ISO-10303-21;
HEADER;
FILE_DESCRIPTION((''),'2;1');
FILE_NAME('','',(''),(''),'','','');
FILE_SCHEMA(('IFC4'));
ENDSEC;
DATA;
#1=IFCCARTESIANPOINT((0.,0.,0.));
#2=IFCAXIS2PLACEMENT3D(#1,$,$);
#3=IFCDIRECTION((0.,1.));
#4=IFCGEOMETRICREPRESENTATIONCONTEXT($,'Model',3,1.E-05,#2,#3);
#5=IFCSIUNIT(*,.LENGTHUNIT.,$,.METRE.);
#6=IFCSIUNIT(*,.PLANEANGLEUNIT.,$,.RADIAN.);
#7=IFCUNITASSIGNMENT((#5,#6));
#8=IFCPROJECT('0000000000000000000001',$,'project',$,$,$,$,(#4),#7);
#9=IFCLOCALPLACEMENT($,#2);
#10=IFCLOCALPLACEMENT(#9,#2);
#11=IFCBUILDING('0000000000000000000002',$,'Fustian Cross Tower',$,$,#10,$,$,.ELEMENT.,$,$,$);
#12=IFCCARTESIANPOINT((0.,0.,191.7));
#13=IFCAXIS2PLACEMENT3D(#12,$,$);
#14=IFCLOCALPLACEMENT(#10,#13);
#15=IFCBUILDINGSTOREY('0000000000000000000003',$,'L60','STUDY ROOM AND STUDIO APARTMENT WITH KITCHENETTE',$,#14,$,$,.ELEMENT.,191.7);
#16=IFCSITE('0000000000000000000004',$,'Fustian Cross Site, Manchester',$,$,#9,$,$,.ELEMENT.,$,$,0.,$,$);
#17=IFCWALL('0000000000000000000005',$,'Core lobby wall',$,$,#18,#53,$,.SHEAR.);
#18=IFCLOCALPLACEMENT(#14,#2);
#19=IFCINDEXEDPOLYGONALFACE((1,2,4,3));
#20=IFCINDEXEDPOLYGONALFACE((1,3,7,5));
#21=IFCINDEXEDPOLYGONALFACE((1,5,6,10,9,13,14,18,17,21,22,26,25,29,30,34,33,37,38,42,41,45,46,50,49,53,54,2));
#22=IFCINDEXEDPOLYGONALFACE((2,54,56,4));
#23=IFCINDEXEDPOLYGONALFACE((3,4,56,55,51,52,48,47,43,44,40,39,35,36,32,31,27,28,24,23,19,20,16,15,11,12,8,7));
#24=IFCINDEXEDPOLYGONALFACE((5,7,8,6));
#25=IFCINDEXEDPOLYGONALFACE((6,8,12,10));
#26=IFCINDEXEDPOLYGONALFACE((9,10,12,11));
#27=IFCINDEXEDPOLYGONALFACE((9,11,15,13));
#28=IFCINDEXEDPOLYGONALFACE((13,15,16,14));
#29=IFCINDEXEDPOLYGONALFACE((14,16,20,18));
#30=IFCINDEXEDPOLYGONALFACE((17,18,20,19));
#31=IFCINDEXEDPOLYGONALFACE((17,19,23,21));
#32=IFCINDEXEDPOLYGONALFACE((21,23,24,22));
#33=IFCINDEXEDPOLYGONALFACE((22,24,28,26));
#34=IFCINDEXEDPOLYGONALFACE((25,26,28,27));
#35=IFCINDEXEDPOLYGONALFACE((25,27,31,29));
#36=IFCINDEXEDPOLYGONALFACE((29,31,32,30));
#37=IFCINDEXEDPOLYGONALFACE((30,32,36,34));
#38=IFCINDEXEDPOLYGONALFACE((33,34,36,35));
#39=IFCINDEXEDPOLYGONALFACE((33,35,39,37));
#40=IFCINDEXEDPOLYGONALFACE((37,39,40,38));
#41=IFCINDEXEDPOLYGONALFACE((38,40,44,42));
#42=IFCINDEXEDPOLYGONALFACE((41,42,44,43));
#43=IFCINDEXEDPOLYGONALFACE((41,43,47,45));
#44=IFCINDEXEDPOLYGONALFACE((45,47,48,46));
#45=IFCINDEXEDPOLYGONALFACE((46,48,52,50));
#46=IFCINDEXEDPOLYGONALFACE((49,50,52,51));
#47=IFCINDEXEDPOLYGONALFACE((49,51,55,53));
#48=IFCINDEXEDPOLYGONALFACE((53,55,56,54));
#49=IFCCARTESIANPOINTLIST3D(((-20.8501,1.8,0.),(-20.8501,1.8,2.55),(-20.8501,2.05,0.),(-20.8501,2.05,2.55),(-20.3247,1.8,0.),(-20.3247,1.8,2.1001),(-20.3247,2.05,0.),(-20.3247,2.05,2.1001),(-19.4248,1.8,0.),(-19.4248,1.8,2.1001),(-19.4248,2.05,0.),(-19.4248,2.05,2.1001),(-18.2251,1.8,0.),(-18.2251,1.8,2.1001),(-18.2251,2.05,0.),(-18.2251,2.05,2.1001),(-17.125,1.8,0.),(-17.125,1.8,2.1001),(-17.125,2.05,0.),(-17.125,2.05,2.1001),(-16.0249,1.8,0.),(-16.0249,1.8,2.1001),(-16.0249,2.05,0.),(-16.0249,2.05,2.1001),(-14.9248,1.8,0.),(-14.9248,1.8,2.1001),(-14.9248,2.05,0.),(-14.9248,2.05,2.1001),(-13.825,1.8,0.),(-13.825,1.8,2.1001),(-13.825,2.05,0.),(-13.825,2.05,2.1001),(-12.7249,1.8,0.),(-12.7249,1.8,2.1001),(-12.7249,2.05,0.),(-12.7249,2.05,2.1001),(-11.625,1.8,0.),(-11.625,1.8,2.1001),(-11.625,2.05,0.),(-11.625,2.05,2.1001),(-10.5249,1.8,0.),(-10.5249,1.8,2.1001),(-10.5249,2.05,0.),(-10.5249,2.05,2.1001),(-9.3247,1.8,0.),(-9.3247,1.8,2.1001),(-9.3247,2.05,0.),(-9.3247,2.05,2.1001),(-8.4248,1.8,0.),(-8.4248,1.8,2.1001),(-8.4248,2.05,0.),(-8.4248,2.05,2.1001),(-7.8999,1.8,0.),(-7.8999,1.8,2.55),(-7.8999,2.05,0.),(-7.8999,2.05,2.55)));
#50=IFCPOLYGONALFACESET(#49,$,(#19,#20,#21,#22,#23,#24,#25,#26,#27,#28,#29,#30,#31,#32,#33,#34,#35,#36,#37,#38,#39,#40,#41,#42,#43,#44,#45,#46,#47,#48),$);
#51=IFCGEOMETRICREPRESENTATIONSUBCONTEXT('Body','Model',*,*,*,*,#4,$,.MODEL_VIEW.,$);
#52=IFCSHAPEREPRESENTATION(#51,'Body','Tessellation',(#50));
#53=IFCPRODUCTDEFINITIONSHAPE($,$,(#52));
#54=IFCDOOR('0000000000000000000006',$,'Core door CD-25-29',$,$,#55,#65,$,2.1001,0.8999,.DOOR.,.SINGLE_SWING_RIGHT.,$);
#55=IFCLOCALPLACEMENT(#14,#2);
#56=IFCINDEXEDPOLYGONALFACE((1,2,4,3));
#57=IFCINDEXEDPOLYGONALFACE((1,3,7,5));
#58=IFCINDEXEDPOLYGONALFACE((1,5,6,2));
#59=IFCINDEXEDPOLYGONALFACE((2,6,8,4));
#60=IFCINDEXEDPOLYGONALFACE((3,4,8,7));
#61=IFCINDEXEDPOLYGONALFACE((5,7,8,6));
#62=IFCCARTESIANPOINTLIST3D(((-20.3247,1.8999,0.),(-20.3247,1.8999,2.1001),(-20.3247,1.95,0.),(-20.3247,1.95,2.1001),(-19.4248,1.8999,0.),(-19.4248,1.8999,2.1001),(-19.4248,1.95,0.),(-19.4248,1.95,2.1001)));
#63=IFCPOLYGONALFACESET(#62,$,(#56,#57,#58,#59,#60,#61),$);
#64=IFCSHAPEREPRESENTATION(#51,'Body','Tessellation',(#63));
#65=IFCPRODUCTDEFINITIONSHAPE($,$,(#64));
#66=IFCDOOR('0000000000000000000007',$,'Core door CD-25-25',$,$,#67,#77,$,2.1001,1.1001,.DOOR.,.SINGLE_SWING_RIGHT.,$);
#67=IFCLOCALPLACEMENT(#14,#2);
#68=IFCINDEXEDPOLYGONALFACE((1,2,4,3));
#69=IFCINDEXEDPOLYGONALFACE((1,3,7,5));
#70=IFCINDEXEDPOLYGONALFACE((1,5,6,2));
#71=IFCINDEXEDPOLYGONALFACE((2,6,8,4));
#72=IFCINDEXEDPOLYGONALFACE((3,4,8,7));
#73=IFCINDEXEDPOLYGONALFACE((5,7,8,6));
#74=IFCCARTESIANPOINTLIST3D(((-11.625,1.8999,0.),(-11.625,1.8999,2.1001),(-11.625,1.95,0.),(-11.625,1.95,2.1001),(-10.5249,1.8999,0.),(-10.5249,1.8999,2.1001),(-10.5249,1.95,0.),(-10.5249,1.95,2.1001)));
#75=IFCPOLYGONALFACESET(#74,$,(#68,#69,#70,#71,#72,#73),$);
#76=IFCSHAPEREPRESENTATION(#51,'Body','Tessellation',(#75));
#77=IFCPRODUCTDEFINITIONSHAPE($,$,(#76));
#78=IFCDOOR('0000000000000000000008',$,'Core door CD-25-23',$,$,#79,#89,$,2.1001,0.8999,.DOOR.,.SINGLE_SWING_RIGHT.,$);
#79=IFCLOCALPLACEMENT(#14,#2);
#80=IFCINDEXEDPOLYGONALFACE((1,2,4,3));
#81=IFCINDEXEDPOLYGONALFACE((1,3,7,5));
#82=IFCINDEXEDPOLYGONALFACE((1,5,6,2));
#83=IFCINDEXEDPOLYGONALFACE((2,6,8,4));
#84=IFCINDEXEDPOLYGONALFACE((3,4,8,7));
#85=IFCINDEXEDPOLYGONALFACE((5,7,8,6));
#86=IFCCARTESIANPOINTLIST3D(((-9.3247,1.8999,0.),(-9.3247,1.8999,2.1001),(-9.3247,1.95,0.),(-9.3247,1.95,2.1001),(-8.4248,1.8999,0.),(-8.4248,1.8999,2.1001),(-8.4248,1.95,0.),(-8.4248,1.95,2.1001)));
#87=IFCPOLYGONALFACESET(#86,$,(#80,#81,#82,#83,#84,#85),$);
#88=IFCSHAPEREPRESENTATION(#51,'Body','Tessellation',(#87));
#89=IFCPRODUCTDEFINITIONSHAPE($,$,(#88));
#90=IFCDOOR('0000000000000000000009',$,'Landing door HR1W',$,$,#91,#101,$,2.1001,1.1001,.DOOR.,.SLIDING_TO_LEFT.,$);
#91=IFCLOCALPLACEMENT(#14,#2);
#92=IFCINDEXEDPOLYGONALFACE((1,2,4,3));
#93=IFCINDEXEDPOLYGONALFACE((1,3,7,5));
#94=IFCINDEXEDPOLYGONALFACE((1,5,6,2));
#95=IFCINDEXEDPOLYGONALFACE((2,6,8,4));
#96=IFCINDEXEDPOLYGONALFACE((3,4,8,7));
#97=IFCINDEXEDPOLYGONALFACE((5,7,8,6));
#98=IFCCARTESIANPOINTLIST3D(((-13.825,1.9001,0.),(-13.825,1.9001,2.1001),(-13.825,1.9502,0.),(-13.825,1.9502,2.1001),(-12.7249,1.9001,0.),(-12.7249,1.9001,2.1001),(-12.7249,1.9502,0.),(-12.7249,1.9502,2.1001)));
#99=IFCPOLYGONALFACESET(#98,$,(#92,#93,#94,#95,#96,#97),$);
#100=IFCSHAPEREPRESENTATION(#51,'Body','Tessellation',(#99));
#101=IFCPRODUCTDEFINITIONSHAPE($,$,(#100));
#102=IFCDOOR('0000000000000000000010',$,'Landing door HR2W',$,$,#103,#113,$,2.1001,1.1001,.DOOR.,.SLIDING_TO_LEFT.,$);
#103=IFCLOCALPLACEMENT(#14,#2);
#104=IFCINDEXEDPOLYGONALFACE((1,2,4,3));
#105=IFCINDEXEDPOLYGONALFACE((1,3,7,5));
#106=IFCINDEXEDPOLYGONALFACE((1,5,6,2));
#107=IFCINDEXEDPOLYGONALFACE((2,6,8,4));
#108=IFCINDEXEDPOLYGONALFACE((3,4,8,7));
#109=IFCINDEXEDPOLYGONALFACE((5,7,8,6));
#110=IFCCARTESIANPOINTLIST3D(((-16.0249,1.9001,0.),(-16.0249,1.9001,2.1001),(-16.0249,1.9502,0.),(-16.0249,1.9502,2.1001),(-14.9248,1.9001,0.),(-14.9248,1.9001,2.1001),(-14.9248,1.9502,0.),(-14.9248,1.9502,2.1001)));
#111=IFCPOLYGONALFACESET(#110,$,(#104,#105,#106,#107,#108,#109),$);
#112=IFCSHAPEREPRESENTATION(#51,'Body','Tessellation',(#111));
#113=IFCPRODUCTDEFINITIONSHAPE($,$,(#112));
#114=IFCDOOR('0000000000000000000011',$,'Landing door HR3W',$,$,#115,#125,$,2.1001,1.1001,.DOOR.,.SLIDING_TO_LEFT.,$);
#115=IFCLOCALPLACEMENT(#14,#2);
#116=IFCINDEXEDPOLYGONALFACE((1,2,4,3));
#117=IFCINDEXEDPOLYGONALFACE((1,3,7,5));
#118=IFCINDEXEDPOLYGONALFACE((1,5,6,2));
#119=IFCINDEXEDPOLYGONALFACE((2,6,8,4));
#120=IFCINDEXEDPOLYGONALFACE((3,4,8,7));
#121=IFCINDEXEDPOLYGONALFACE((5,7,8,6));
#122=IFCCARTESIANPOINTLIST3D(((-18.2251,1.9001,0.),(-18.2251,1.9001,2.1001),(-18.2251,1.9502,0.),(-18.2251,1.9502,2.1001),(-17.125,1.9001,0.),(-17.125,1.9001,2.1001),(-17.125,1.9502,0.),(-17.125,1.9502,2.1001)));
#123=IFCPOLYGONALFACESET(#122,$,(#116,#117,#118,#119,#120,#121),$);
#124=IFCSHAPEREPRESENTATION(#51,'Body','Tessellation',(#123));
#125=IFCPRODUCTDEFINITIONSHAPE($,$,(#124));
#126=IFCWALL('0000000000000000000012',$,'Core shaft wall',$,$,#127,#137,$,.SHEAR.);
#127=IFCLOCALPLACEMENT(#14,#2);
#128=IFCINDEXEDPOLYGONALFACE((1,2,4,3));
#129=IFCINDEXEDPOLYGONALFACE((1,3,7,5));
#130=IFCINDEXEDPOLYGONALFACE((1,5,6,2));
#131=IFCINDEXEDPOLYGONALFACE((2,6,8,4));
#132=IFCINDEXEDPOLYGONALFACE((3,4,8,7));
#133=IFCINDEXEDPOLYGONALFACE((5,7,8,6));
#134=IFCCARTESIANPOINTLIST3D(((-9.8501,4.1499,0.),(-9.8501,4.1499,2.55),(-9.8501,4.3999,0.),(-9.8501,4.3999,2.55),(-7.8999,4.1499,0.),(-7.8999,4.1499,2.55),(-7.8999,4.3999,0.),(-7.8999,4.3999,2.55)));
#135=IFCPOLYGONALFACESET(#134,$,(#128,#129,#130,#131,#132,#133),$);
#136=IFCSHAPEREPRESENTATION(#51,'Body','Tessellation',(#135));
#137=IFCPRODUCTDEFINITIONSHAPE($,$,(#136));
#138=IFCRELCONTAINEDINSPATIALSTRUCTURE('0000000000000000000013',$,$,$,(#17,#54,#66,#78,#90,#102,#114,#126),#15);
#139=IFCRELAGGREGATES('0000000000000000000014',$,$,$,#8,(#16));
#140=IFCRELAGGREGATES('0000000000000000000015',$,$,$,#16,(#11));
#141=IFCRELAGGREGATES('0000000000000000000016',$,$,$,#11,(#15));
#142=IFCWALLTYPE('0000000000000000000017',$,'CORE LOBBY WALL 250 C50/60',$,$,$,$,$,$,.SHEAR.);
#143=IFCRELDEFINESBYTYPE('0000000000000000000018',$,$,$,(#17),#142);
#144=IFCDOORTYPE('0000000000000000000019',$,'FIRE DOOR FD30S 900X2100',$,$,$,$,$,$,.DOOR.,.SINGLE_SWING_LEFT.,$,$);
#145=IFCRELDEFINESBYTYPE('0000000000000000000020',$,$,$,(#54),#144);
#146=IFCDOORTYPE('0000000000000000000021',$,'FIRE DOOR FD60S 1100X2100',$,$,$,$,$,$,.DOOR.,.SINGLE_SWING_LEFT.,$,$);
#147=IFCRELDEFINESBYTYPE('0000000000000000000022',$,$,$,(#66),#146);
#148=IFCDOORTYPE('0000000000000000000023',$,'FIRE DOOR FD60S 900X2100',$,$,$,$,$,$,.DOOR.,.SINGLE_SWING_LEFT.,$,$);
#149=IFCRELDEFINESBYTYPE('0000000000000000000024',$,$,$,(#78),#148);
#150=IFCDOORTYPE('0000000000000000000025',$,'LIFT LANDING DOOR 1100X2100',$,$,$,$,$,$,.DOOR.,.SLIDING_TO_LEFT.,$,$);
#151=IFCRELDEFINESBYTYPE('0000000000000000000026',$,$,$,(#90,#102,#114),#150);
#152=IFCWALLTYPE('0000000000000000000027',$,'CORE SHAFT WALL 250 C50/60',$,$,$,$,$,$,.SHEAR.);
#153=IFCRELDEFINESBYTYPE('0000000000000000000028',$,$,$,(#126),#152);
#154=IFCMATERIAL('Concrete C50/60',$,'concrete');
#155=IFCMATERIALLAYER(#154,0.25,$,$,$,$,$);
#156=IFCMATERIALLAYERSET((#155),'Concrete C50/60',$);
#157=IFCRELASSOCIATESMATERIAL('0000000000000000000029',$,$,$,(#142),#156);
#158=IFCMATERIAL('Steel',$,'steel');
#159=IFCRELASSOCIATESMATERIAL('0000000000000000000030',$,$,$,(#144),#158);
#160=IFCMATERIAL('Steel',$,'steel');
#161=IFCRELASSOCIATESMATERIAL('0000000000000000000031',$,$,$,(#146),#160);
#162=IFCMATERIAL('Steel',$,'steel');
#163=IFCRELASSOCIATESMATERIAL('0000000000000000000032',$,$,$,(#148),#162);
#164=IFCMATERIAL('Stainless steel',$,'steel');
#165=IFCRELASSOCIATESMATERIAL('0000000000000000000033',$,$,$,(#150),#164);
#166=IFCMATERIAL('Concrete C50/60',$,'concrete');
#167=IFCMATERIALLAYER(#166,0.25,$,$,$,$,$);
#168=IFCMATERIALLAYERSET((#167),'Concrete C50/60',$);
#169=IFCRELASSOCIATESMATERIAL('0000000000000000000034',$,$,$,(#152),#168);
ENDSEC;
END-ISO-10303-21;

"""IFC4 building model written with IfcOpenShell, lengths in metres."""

from ifc_helpers import new_model, si_unit, direction, frame, frame_2d, origin, place, context, subcontext, project, spatial, rectangle, extrude, material, layer, layer_set, type_object, element, fill, save


model = new_model("IFC4")

# Units and contexts
model_context = context("Model", 3, precision=1e-05, world=origin(), true_north=direction((0.0, 1.0)))
body_context = subcontext(model_context, "Body", "Model", "MODEL_VIEW")
ifc_project = project(units=[si_unit("LENGTHUNIT", "METRE"), si_unit("PLANEANGLEUNIT", "RADIAN")], contexts=[model_context])

# Site, building, storey
site_placement = place(None, origin())
site = spatial("IfcSite", under=ifc_project, at=site_placement, Name="Fustian Cross Site, Manchester", CompositionType="ELEMENT", RefElevation=0.0)
building_placement = place(site_placement, origin())
building = spatial("IfcBuilding", under=site, at=building_placement, Name="Fustian Cross Tower", CompositionType="ELEMENT")
storey_placement = place(building_placement, frame((0.0, 0.0, 191.7)))
storey = spatial("IfcBuildingStorey", under=building, at=storey_placement, Name="L60", Description="STUDY ROOM AND STUDIO APARTMENT WITH KITCHENETTE", CompositionType="ELEMENT", Elevation=191.7)

# Wall, openings, doors
ifc_material_1 = material(Name="Concrete C50/60", Category="concrete")
ifc_layer_1 = layer(ifc_material_1, 0.25)
ifc_layer_set_1 = layer_set([ifc_layer_1], Name="Concrete C50/60")
wall_type_1 = type_object("IfcWallType", Name="CORE LOBBY WALL 250 C50/60", PredefinedType="SHEAR", material=ifc_layer_set_1)
wall_1_placement = place(storey_placement, frame((-7.8999, 1.925, 0.0), z_axis=(0.0, 0.0, 1.0), x_axis=(-1.0, 0.0, 0.0)))
wall_1 = element("IfcWall", 1, at=wall_1_placement, inside=storey, type_object=wall_type_1, Name="Core lobby wall", PredefinedType="SHEAR", context=body_context, shape_type="SweptSolid", body=[
    extrude(rectangle(XDim=12.9502, YDim=0.25, at=frame_2d((6.4751, 0.0))), origin(), (0.0, 0.0, 1.0), 2.55),
])
opening_1_placement = place(wall_1_placement, frame((4.825, 0.0, 0.0)))
opening_1 = element("IfcOpeningElement", 2, at=opening_1_placement, cuts=wall_1, PredefinedType="OPENING", context=body_context, shape_type="SweptSolid", body=[
    extrude(rectangle(XDim=1.1001, YDim=2.1001, at=frame_2d((0.55, 1.05))), frame((0.0, 0.135, 0.0), z_axis=(0.0, -1.0, 0.0), x_axis=(1.0, 0.0, 0.0)), (0.0, 0.0, 1.0), 0.27),
])
opening_2_placement = place(wall_1_placement, frame((7.0249, 0.0, 0.0)))
opening_2 = element("IfcOpeningElement", 3, at=opening_2_placement, cuts=wall_1, PredefinedType="OPENING", context=body_context, shape_type="SweptSolid", body=[
    extrude(rectangle(XDim=1.1001, YDim=2.1001, at=frame_2d((0.55, 1.05))), frame((0.0, 0.135, 0.0), z_axis=(0.0, -1.0, 0.0), x_axis=(1.0, 0.0, 0.0)), (0.0, 0.0, 1.0), 0.27),
])
opening_3_placement = place(wall_1_placement, frame((9.2251, 0.0, 0.0)))
opening_3 = element("IfcOpeningElement", 4, at=opening_3_placement, cuts=wall_1, PredefinedType="OPENING", context=body_context, shape_type="SweptSolid", body=[
    extrude(rectangle(XDim=1.1001, YDim=2.1001, at=frame_2d((0.55, 1.05))), frame((0.0, 0.135, 0.0), z_axis=(0.0, -1.0, 0.0), x_axis=(1.0, 0.0, 0.0)), (0.0, 0.0, 1.0), 0.27),
])
opening_4_placement = place(wall_1_placement, frame((0.5249, 0.0, 0.0)))
opening_4 = element("IfcOpeningElement", 5, at=opening_4_placement, cuts=wall_1, PredefinedType="OPENING", context=body_context, shape_type="SweptSolid", body=[
    extrude(rectangle(XDim=0.8999, YDim=2.1001, at=frame_2d((0.45, 1.05))), frame((0.0, 0.135, 0.0), z_axis=(0.0, -1.0, 0.0), x_axis=(1.0, 0.0, 0.0)), (0.0, 0.0, 1.0), 0.27),
])
opening_5_placement = place(wall_1_placement, frame((2.625, 0.0, 0.0)))
opening_5 = element("IfcOpeningElement", 6, at=opening_5_placement, cuts=wall_1, PredefinedType="OPENING", context=body_context, shape_type="SweptSolid", body=[
    extrude(rectangle(XDim=1.1001, YDim=2.1001, at=frame_2d((0.55, 1.05))), frame((0.0, 0.135, 0.0), z_axis=(0.0, -1.0, 0.0), x_axis=(1.0, 0.0, 0.0)), (0.0, 0.0, 1.0), 0.27),
])
opening_6_placement = place(wall_1_placement, frame((11.5249, 0.0, 0.0)))
opening_6 = element("IfcOpeningElement", 7, at=opening_6_placement, cuts=wall_1, PredefinedType="OPENING", context=body_context, shape_type="SweptSolid", body=[
    extrude(rectangle(XDim=0.8999, YDim=2.1001, at=frame_2d((0.45, 1.05))), frame((0.0, 0.135, 0.0), z_axis=(0.0, -1.0, 0.0), x_axis=(1.0, 0.0, 0.0)), (0.0, 0.0, 1.0), 0.27),
])
ifc_material_2 = material(Name="Steel", Category="steel")
door_type_1 = type_object("IfcDoorType", Name="FIRE DOOR FD30S 900X2100", OperationType="SINGLE_SWING_LEFT", PredefinedType="DOOR", material=ifc_material_2)
door_1_placement = place(opening_6_placement, frame((0.8999, 0.0, 0.0), z_axis=(0.0, 0.0, 1.0), x_axis=(-1.0, 0.0, 0.0)))
door_1 = element("IfcDoor", 8, at=door_1_placement, inside=storey, type_object=door_type_1, Name="Core door CD-25-29", OperationType="SINGLE_SWING_RIGHT", OverallHeight=2.1001, OverallWidth=0.8999, PredefinedType="DOOR", context=body_context, shape_type="SweptSolid", body=[
    extrude(rectangle(XDim=0.8999, YDim=2.1001, at=frame_2d((0.45, 1.05))), frame((0.0, 0.0249, 0.0), z_axis=(0.0, -1.0, 0.0), x_axis=(1.0, 0.0, 0.0)), (0.0, 0.0, 1.0), 0.05),
])
fill(opening_6, door_1)
ifc_material_3 = material(Name="Steel", Category="steel")
door_type_2 = type_object("IfcDoorType", Name="FIRE DOOR FD60S 1100X2100", OperationType="SINGLE_SWING_LEFT", PredefinedType="DOOR", material=ifc_material_3)
door_2_placement = place(opening_5_placement, frame((1.1001, 0.0, 0.0), z_axis=(0.0, 0.0, 1.0), x_axis=(-1.0, 0.0, 0.0)))
door_2 = element("IfcDoor", 9, at=door_2_placement, inside=storey, type_object=door_type_2, Name="Core door CD-25-25", OperationType="SINGLE_SWING_RIGHT", OverallHeight=2.1001, OverallWidth=1.1001, PredefinedType="DOOR", context=body_context, shape_type="SweptSolid", body=[
    extrude(rectangle(XDim=1.1001, YDim=2.1001, at=frame_2d((0.55, 1.05))), frame((0.0, 0.0249, 0.0), z_axis=(0.0, -1.0, 0.0), x_axis=(1.0, 0.0, 0.0)), (0.0, 0.0, 1.0), 0.05),
])
fill(opening_5, door_2)
ifc_material_4 = material(Name="Steel", Category="steel")
door_type_3 = type_object("IfcDoorType", Name="FIRE DOOR FD60S 900X2100", OperationType="SINGLE_SWING_LEFT", PredefinedType="DOOR", material=ifc_material_4)
door_3_placement = place(opening_4_placement, frame((0.8999, 0.0, 0.0), z_axis=(0.0, 0.0, 1.0), x_axis=(-1.0, 0.0, 0.0)))
door_3 = element("IfcDoor", 10, at=door_3_placement, inside=storey, type_object=door_type_3, Name="Core door CD-25-23", OperationType="SINGLE_SWING_RIGHT", OverallHeight=2.1001, OverallWidth=0.8999, PredefinedType="DOOR", context=body_context, shape_type="SweptSolid", body=[
    extrude(rectangle(XDim=0.8999, YDim=2.1001, at=frame_2d((0.45, 1.05))), frame((0.0, 0.0249, 0.0), z_axis=(0.0, -1.0, 0.0), x_axis=(1.0, 0.0, 0.0)), (0.0, 0.0, 1.0), 0.05),
])
fill(opening_4, door_3)
ifc_material_5 = material(Name="Stainless steel", Category="steel")
door_type_4 = type_object("IfcDoorType", Name="LIFT LANDING DOOR 1100X2100", OperationType="SLIDING_TO_LEFT", PredefinedType="DOOR", material=ifc_material_5)
door_4_placement = place(opening_1_placement, origin())
door_4 = element("IfcDoor", 11, at=door_4_placement, inside=storey, type_object=door_type_4, Name="Landing door HR1W", OperationType="SLIDING_TO_LEFT", OverallHeight=2.1001, OverallWidth=1.1001, PredefinedType="DOOR", context=body_context, shape_type="SweptSolid", body=[
    extrude(rectangle(XDim=1.1001, YDim=2.1001, at=frame_2d((0.55, 1.05))), frame((0.0, 0.0249, 0.0), z_axis=(0.0, -1.0, 0.0), x_axis=(1.0, 0.0, 0.0)), (0.0, 0.0, 1.0), 0.05),
])
fill(opening_1, door_4)
door_5_placement = place(opening_2_placement, origin())
door_5 = element("IfcDoor", 12, at=door_5_placement, inside=storey, type_object=door_type_4, Name="Landing door HR2W", OperationType="SLIDING_TO_LEFT", OverallHeight=2.1001, OverallWidth=1.1001, PredefinedType="DOOR", context=body_context, shape_type="SweptSolid", body=[
    extrude(rectangle(XDim=1.1001, YDim=2.1001, at=frame_2d((0.55, 1.05))), frame((0.0, 0.0249, 0.0), z_axis=(0.0, -1.0, 0.0), x_axis=(1.0, 0.0, 0.0)), (0.0, 0.0, 1.0), 0.05),
])
fill(opening_2, door_5)
door_6_placement = place(opening_3_placement, origin())
door_6 = element("IfcDoor", 13, at=door_6_placement, inside=storey, type_object=door_type_4, Name="Landing door HR3W", OperationType="SLIDING_TO_LEFT", OverallHeight=2.1001, OverallWidth=1.1001, PredefinedType="DOOR", context=body_context, shape_type="SweptSolid", body=[
    extrude(rectangle(XDim=1.1001, YDim=2.1001, at=frame_2d((0.55, 1.05))), frame((0.0, 0.0249, 0.0), z_axis=(0.0, -1.0, 0.0), x_axis=(1.0, 0.0, 0.0)), (0.0, 0.0, 1.0), 0.05),
])
fill(opening_3, door_6)

# Wall
ifc_material_6 = material(Name="Concrete C50/60", Category="concrete")
ifc_layer_2 = layer(ifc_material_6, 0.25)
ifc_layer_set_2 = layer_set([ifc_layer_2], Name="Concrete C50/60")
wall_type_2 = type_object("IfcWallType", Name="CORE SHAFT WALL 250 C50/60", PredefinedType="SHEAR", material=ifc_layer_set_2)
wall_2_placement = place(storey_placement, frame((-7.8999, 4.2749, 0.0), z_axis=(0.0, 0.0, 1.0), x_axis=(-1.0, 0.0, 0.0)))
element("IfcWall", 14, at=wall_2_placement, inside=storey, type_object=wall_type_2, Name="Core shaft wall", PredefinedType="SHEAR", context=body_context, shape_type="SweptSolid", body=[
    extrude(rectangle(XDim=1.9502, YDim=0.25, at=frame_2d((0.9751, 0.0))), origin(), (0.0, 0.0, 1.0), 2.55),
])

save(model, "model.ifc")
